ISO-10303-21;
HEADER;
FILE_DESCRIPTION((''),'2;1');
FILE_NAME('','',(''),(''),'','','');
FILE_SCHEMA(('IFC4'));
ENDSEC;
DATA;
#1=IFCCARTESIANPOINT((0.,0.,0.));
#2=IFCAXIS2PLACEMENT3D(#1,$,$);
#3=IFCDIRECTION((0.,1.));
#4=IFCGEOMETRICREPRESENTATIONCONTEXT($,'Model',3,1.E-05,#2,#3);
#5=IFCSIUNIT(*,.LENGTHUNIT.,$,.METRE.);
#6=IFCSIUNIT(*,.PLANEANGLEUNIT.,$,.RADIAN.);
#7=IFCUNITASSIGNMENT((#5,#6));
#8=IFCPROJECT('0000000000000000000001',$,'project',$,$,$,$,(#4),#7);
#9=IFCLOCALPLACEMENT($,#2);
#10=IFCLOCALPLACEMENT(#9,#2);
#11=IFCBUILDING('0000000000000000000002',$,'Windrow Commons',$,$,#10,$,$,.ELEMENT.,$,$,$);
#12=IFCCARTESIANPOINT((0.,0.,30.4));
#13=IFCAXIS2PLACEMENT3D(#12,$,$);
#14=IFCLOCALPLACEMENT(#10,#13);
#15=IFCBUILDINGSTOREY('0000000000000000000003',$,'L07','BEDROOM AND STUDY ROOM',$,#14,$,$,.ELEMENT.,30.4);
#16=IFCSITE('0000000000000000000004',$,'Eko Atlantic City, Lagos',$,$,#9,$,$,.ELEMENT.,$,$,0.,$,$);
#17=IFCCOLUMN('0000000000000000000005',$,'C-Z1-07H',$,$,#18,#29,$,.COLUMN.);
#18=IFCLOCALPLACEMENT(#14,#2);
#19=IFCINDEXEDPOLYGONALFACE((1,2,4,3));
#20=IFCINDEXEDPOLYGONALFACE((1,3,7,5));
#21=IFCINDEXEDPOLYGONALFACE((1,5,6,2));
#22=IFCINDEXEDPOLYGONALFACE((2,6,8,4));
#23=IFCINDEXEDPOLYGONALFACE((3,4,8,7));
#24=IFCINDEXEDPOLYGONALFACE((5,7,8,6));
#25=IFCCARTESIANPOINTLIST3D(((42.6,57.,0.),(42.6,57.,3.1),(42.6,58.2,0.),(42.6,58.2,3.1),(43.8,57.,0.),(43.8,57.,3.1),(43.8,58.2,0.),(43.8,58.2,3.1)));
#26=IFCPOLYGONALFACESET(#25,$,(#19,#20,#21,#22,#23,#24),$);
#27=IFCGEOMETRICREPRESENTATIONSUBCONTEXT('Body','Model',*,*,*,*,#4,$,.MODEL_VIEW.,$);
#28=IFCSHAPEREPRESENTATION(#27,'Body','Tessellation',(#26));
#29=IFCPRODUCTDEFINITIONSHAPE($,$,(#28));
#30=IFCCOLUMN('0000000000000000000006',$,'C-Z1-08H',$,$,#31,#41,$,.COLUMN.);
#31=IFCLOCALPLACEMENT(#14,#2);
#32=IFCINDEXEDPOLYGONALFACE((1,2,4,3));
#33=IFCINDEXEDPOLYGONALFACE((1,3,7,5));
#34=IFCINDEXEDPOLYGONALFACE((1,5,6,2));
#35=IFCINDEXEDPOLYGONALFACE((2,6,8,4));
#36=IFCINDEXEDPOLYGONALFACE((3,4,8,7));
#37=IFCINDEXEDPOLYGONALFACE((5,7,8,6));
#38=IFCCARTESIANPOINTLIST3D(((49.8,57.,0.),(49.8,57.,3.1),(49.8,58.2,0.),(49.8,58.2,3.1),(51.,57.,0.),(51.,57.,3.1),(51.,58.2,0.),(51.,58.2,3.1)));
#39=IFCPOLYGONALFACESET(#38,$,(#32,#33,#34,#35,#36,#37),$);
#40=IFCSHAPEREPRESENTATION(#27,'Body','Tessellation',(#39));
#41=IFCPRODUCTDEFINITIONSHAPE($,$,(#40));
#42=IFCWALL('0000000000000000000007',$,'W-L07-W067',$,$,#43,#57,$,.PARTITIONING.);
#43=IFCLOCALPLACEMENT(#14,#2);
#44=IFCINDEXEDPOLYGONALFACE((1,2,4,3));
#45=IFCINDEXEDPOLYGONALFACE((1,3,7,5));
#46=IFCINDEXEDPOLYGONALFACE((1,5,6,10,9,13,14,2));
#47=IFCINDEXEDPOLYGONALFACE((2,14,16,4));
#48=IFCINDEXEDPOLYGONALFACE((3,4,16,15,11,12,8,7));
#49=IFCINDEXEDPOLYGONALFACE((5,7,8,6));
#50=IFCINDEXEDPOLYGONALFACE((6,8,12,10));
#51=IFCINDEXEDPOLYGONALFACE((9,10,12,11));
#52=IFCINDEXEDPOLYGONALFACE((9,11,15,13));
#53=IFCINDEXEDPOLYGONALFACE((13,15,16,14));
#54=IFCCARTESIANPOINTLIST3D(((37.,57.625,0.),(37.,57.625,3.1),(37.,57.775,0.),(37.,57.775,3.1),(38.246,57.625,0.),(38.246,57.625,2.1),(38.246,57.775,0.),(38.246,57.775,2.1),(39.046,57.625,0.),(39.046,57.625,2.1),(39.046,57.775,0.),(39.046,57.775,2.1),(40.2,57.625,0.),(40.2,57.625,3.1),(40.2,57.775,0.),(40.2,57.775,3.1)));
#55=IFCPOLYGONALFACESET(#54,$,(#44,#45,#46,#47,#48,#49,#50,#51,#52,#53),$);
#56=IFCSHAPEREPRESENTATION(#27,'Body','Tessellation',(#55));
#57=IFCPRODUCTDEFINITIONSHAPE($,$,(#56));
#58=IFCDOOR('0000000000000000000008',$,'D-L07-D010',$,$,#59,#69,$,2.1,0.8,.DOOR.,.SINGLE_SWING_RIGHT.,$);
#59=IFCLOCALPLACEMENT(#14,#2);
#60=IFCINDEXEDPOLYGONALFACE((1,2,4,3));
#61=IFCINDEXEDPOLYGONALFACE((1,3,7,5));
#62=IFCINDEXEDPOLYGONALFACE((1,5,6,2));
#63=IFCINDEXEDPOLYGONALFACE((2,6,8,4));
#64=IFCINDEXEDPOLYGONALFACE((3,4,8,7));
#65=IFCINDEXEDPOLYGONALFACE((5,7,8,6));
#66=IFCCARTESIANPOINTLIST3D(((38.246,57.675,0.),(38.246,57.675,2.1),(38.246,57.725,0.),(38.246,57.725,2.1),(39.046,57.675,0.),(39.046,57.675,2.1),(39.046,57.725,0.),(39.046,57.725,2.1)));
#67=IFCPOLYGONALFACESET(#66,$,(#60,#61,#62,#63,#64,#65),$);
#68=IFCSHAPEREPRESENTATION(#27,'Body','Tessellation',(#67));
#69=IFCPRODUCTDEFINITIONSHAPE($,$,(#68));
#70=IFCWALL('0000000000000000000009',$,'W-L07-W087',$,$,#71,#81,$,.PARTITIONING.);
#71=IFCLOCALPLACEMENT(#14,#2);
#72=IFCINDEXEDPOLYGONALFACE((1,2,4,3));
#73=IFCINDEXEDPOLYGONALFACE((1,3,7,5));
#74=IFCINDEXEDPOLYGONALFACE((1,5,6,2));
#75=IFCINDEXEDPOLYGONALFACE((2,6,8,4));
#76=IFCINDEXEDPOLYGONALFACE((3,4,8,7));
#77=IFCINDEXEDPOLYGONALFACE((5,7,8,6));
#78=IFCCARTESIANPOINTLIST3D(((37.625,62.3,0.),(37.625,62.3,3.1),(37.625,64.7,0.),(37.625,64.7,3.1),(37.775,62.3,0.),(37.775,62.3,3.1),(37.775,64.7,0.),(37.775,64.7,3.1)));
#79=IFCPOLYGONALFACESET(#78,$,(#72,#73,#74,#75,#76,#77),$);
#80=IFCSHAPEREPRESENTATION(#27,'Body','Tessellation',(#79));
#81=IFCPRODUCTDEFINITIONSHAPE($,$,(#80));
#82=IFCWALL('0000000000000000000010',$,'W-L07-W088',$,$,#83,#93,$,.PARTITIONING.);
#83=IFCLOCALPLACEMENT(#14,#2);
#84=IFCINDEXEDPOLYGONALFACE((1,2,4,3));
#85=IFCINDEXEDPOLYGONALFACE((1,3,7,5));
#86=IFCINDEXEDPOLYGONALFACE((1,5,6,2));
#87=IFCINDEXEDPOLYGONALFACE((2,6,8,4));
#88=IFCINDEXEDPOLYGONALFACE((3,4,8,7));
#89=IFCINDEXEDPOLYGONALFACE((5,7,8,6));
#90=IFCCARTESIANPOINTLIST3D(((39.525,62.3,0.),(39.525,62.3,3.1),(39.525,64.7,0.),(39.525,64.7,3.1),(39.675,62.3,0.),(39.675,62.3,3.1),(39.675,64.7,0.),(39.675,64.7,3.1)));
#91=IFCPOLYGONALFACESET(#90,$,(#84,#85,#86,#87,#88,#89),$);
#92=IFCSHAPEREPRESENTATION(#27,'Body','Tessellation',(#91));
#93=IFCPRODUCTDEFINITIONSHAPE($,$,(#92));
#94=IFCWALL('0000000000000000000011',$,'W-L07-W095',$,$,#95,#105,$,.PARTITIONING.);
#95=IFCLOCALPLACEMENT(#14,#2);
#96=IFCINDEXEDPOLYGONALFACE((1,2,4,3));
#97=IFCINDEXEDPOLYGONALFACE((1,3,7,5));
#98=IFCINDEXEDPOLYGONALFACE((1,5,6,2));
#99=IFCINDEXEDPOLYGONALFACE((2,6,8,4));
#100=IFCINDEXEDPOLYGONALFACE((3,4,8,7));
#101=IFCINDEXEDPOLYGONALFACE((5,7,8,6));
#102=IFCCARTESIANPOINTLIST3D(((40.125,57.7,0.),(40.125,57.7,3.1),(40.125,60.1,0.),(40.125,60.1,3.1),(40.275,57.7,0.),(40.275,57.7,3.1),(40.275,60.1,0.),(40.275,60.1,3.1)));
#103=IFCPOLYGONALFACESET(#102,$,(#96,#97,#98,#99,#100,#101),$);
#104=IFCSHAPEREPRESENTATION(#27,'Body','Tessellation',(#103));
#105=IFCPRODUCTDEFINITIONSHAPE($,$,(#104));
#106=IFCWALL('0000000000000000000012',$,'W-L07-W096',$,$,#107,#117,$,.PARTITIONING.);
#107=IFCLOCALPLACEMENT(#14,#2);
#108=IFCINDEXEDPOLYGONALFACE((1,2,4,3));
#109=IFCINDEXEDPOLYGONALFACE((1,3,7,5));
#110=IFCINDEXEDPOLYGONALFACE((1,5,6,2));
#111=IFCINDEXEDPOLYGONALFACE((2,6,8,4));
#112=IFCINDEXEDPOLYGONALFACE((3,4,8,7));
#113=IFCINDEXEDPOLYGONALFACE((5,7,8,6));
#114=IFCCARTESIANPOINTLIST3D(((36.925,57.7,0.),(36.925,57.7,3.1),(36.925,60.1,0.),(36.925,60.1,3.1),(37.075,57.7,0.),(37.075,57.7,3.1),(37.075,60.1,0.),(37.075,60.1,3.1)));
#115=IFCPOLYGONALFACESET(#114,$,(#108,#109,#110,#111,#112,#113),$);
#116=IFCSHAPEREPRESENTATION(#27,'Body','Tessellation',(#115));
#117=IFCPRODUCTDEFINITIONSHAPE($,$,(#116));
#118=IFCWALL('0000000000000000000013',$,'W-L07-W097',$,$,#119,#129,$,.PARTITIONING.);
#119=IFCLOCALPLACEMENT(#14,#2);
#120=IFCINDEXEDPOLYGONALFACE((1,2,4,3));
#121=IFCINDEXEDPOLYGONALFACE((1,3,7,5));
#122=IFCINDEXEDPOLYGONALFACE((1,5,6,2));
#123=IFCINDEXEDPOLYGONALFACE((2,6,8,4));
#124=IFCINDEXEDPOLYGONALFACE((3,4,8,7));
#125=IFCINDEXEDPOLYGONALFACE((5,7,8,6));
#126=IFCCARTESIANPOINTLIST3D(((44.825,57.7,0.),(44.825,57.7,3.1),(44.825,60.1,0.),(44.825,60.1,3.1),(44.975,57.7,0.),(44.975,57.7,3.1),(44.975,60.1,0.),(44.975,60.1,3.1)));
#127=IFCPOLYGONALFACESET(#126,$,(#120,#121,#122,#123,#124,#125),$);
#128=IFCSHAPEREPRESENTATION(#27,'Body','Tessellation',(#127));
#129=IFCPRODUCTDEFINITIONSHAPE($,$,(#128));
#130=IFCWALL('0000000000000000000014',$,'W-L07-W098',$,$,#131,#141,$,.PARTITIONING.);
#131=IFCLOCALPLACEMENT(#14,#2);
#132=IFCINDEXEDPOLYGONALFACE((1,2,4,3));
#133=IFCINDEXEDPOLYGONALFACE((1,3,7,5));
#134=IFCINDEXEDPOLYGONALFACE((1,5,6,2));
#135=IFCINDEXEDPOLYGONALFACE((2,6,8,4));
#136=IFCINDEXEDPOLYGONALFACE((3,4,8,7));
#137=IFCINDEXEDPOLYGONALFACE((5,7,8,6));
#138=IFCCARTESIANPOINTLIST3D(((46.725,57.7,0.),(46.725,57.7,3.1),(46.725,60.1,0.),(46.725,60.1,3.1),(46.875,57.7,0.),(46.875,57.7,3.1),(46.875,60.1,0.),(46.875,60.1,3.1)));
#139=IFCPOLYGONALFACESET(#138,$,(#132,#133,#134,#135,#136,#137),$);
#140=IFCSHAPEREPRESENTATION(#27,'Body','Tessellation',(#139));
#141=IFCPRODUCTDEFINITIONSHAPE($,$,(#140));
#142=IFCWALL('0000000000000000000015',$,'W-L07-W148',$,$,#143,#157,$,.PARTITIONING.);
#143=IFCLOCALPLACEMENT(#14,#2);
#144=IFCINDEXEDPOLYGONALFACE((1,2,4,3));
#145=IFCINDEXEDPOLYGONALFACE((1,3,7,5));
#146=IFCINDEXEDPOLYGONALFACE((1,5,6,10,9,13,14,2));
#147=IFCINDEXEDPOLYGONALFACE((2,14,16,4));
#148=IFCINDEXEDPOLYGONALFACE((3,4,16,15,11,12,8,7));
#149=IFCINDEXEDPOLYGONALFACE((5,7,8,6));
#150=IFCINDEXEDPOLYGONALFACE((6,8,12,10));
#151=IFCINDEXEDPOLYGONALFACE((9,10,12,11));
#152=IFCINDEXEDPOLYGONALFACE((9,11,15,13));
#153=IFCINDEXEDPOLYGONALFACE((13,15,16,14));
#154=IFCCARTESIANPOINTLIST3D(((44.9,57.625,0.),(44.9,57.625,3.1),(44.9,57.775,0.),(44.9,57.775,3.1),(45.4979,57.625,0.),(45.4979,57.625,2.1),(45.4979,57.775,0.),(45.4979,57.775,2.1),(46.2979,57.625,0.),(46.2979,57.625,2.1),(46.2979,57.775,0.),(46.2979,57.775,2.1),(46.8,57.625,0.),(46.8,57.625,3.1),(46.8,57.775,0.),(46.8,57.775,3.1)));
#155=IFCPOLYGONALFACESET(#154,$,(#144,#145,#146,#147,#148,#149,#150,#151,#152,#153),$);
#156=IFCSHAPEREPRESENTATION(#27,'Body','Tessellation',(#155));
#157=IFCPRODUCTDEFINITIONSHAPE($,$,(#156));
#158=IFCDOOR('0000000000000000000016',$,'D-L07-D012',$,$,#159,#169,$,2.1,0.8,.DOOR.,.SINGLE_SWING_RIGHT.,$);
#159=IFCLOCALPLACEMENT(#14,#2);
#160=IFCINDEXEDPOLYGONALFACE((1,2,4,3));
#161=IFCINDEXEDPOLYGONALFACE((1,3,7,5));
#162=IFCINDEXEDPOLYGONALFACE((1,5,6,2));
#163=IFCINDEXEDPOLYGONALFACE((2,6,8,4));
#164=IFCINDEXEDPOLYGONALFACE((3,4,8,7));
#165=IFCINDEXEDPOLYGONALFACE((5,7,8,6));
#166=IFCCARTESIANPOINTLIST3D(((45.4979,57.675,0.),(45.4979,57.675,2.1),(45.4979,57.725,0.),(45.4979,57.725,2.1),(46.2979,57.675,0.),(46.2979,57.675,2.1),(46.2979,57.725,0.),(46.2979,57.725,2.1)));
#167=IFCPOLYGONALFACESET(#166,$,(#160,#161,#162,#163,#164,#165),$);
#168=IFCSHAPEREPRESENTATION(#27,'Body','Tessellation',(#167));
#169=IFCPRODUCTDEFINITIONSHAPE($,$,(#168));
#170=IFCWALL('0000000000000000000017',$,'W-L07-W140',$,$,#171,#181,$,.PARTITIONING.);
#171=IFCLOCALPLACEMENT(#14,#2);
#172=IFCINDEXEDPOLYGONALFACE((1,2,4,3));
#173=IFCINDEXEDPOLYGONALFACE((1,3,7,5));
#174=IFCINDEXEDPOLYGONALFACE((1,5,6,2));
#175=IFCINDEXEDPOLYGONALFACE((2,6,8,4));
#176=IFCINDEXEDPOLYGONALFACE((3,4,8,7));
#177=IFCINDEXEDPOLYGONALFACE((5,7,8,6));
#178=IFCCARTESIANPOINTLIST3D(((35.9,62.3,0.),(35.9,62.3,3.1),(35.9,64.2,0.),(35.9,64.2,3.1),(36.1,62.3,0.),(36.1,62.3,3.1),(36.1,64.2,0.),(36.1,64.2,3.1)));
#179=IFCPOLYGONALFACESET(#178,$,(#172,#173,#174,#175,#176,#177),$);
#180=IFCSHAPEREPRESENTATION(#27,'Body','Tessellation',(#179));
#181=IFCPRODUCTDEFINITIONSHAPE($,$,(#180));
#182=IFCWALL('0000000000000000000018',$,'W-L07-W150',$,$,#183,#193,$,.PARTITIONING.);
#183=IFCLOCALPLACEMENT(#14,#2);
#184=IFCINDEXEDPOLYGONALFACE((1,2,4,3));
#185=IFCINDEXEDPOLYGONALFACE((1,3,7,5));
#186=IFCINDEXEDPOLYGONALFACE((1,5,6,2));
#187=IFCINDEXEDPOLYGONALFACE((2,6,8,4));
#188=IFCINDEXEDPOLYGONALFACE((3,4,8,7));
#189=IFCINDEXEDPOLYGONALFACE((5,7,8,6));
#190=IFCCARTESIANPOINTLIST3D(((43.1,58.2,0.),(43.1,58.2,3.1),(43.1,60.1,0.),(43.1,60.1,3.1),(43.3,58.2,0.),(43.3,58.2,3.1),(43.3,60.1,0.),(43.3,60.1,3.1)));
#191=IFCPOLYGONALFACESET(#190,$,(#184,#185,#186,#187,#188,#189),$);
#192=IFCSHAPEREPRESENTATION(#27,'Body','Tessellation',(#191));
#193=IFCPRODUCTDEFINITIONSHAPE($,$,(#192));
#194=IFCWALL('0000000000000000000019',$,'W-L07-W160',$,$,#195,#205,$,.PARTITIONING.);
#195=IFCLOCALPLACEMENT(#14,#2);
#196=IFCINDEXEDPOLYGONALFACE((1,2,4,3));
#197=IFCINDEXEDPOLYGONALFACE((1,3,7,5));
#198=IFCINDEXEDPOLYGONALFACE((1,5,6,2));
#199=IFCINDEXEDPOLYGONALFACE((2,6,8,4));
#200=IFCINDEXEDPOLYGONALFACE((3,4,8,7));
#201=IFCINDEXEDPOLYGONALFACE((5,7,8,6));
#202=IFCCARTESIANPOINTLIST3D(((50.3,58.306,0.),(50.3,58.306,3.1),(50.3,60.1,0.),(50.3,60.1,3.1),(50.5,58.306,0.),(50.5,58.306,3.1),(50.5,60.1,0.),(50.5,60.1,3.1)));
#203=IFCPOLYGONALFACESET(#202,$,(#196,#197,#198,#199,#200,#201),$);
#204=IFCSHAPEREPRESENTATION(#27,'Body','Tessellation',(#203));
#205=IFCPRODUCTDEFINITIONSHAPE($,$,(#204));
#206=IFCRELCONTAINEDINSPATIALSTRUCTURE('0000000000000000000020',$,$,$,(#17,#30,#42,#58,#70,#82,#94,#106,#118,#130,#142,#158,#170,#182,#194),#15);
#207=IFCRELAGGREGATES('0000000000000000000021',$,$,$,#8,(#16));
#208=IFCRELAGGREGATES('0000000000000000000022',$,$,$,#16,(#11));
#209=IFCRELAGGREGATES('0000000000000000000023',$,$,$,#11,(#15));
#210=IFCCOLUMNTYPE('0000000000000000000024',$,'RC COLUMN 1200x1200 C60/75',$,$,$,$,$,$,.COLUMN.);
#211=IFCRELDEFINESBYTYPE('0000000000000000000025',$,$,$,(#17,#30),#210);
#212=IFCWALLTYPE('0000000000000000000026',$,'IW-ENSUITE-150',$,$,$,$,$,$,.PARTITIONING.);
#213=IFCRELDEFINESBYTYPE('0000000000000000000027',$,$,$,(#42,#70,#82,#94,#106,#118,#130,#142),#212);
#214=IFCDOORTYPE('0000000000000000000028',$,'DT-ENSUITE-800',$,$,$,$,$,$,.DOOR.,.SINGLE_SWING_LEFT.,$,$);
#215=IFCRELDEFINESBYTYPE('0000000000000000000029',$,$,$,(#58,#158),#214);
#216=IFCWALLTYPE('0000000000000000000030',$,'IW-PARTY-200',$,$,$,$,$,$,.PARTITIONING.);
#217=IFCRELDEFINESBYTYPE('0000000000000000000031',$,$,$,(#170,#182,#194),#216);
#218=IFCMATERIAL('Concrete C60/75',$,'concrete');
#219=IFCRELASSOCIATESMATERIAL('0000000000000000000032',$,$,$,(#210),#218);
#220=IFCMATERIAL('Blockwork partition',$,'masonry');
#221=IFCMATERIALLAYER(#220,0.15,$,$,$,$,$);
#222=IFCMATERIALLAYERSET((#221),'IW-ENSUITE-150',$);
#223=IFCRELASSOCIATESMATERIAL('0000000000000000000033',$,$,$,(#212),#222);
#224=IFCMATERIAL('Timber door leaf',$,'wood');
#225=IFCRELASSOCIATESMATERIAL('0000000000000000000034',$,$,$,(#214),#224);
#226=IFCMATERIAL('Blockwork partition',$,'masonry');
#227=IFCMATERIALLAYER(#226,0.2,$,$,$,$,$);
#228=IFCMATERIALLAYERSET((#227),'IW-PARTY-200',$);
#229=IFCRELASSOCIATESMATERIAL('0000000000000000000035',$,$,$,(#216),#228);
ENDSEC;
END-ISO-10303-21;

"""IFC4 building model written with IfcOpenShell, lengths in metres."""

from ifc_helpers import new_model, si_unit, direction, frame, frame_2d, origin, origin_2d, place, context, subcontext, project, spatial, rectangle, extrude, material, layer, layer_set, material_profile, profile_set, type_object, element, fill, save


model = new_model("IFC4")

# Units and contexts
model_context = context("Model", 3, precision=1e-05, world=origin(), true_north=direction((0.0, 1.0)))
body_context = subcontext(model_context, "Body", "Model", "MODEL_VIEW")
ifc_project = project(units=[si_unit("LENGTHUNIT", "METRE"), si_unit("PLANEANGLEUNIT", "RADIAN")], contexts=[model_context])

# Site, building, storey
site_placement = place(None, origin())
site = spatial("IfcSite", under=ifc_project, at=site_placement, Name="Eko Atlantic City, Lagos", CompositionType="ELEMENT", RefElevation=0.0)
building_placement = place(site_placement, origin())
building = spatial("IfcBuilding", under=site, at=building_placement, Name="Windrow Commons", CompositionType="ELEMENT")
storey_placement = place(building_placement, frame((0.0, 0.0, 30.4)))
storey = spatial("IfcBuildingStorey", under=building, at=storey_placement, Name="L07", Description="BEDROOM AND STUDY ROOM", CompositionType="ELEMENT", Elevation=30.4)

# Columns
ifc_material_1 = material(Name="Concrete C60/75", Category="concrete")
ifc_material_profile = material_profile(ifc_material_1, rectangle(XDim=1.2, YDim=1.2, at=origin_2d()))
ifc_profile_set = profile_set([ifc_material_profile], Name="Concrete C60/75")
column_type = type_object("IfcColumnType", Name="RC COLUMN 1200x1200 C60/75", PredefinedType="COLUMN", material=ifc_profile_set)
for number, where, z_axis, x_axis, name in (
    (1, (43.2, 57.6, 0.0), (0.0, 0.0, 1.0), (1.0, 0.0, 0.0), "C-Z1-07H"),
    (2, (50.4, 57.6, 0.0), (0.0, 0.0, 1.0), (1.0, 0.0, 0.0), "C-Z1-08H"),
):
    element("IfcColumn", number, at=place(storey_placement, frame(where, z_axis=z_axis, x_axis=x_axis)), inside=storey, type_object=column_type, Name=name, PredefinedType="COLUMN", context=body_context, shape_type="SweptSolid", body=[
        extrude(rectangle(XDim=1.2, YDim=1.2, at=origin_2d()), origin(), (0.0, 0.0, 1.0), 3.1),
    ])

# Wall, opening, door
ifc_material_2 = material(Name="Blockwork partition", Category="masonry")
ifc_layer_1 = layer(ifc_material_2, 0.15)
ifc_layer_set_1 = layer_set([ifc_layer_1], Name="IW-ENSUITE-150")
wall_type_1 = type_object("IfcWallType", Name="IW-ENSUITE-150", PredefinedType="PARTITIONING", material=ifc_layer_set_1)
wall_1_placement = place(storey_placement, frame((37.0, 57.7, 0.0), z_axis=(0.0, 0.0, 1.0), x_axis=(1.0, 0.0, 0.0)))
wall_1 = element("IfcWall", 3, at=wall_1_placement, inside=storey, type_object=wall_type_1, Name="W-L07-W067", PredefinedType="PARTITIONING", context=body_context, shape_type="SweptSolid", body=[
    extrude(rectangle(XDim=3.2, YDim=0.15, at=frame_2d((1.6, 0.0))), origin(), (0.0, 0.0, 1.0), 3.1),
])
opening_1_placement = place(wall_1_placement, frame((1.246, 0.0, 0.0)))
opening_1 = element("IfcOpeningElement", 4, at=opening_1_placement, cuts=wall_1, PredefinedType="OPENING", context=body_context, shape_type="SweptSolid", body=[
    extrude(rectangle(XDim=0.8, YDim=2.1, at=frame_2d((0.4, 1.05))), frame((0.0, 0.085, 0.0), z_axis=(0.0, -1.0, 0.0), x_axis=(1.0, 0.0, 0.0)), (0.0, 0.0, 1.0), 0.17),
])
ifc_material_3 = material(Name="Timber door leaf", Category="wood")
door_type = type_object("IfcDoorType", Name="DT-ENSUITE-800", OperationType="SINGLE_SWING_LEFT", PredefinedType="DOOR", material=ifc_material_3)
door_1_placement = place(opening_1_placement, origin())
door_1 = element("IfcDoor", 5, at=door_1_placement, inside=storey, type_object=door_type, Name="D-L07-D010", OperationType="SINGLE_SWING_RIGHT", OverallHeight=2.1, OverallWidth=0.8, PredefinedType="DOOR", context=body_context, shape_type="SweptSolid", body=[
    extrude(rectangle(XDim=0.8, YDim=2.1, at=frame_2d((0.4, 1.05))), frame((0.0, 0.025, 0.0), z_axis=(0.0, -1.0, 0.0), x_axis=(1.0, 0.0, 0.0)), (0.0, 0.0, 1.0), 0.05),
])
fill(opening_1, door_1)

# Walls
for number, where, z_axis, x_axis, name in (
    (6, (37.7, 62.3, 0.0), (0.0, 0.0, 1.0), (0.0, 1.0, 0.0), "W-L07-W087"),
    (7, (39.6, 62.3, 0.0), (0.0, 0.0, 1.0), (0.0, 1.0, 0.0), "W-L07-W088"),
    (8, (40.2, 57.7, 0.0), (0.0, 0.0, 1.0), (0.0, 1.0, 0.0), "W-L07-W095"),
    (9, (37.0, 57.7, 0.0), (0.0, 0.0, 1.0), (0.0, 1.0, 0.0), "W-L07-W096"),
    (10, (44.9, 57.7, 0.0), (0.0, 0.0, 1.0), (0.0, 1.0, 0.0), "W-L07-W097"),
    (11, (46.8, 57.7, 0.0), (0.0, 0.0, 1.0), (0.0, 1.0, 0.0), "W-L07-W098"),
):
    element("IfcWall", number, at=place(storey_placement, frame(where, z_axis=z_axis, x_axis=x_axis)), inside=storey, type_object=wall_type_1, Name=name, PredefinedType="PARTITIONING", context=body_context, shape_type="SweptSolid", body=[
        extrude(rectangle(XDim=2.4, YDim=0.15, at=frame_2d((1.2, 0.0))), origin(), (0.0, 0.0, 1.0), 3.1),
    ])

# Wall, opening, door
wall_2_placement = place(storey_placement, frame((44.9, 57.7, 0.0), z_axis=(0.0, 0.0, 1.0), x_axis=(1.0, 0.0, 0.0)))
wall_2 = element("IfcWall", 12, at=wall_2_placement, inside=storey, type_object=wall_type_1, Name="W-L07-W148", PredefinedType="PARTITIONING", context=body_context, shape_type="SweptSolid", body=[
    extrude(rectangle(XDim=1.9, YDim=0.15, at=frame_2d((0.95, 0.0))), origin(), (0.0, 0.0, 1.0), 3.1),
])
opening_2_placement = place(wall_2_placement, frame((0.5979, 0.0, 0.0)))
opening_2 = element("IfcOpeningElement", 13, at=opening_2_placement, cuts=wall_2, PredefinedType="OPENING", context=body_context, shape_type="SweptSolid", body=[
    extrude(rectangle(XDim=0.8, YDim=2.1, at=frame_2d((0.4, 1.05))), frame((0.0, 0.085, 0.0), z_axis=(0.0, -1.0, 0.0), x_axis=(1.0, 0.0, 0.0)), (0.0, 0.0, 1.0), 0.17),
])
door_2_placement = place(opening_2_placement, origin())
door_2 = element("IfcDoor", 14, at=door_2_placement, inside=storey, type_object=door_type, Name="D-L07-D012", OperationType="SINGLE_SWING_RIGHT", OverallHeight=2.1, OverallWidth=0.8, PredefinedType="DOOR", context=body_context, shape_type="SweptSolid", body=[
    extrude(rectangle(XDim=0.8, YDim=2.1, at=frame_2d((0.4, 1.05))), frame((0.0, 0.025, 0.0), z_axis=(0.0, -1.0, 0.0), x_axis=(1.0, 0.0, 0.0)), (0.0, 0.0, 1.0), 0.05),
])
fill(opening_2, door_2)

# Walls
ifc_material_4 = material(Name="Blockwork partition", Category="masonry")
ifc_layer_2 = layer(ifc_material_4, 0.2)
ifc_layer_set_2 = layer_set([ifc_layer_2], Name="IW-PARTY-200")
wall_type_2 = type_object("IfcWallType", Name="IW-PARTY-200", PredefinedType="PARTITIONING", material=ifc_layer_set_2)
for number, where, z_axis, x_axis, name in (
    (15, (36.0, 62.3, 0.0), (0.0, 0.0, 1.0), (0.0, 1.0, 0.0), "W-L07-W140"),
    (16, (43.2, 58.2, 0.0), (0.0, 0.0, 1.0), (0.0, 1.0, 0.0), "W-L07-W150"),
):
    element("IfcWall", number, at=place(storey_placement, frame(where, z_axis=z_axis, x_axis=x_axis)), inside=storey, type_object=wall_type_2, Name=name, PredefinedType="PARTITIONING", context=body_context, shape_type="SweptSolid", body=[
        extrude(rectangle(XDim=1.9, YDim=0.2, at=frame_2d((0.95, 0.0))), origin(), (0.0, 0.0, 1.0), 3.1),
    ])
wall_3_placement = place(storey_placement, frame((50.4, 58.306, 0.0), z_axis=(0.0, 0.0, 1.0), x_axis=(0.0, 1.0, 0.0)))
element("IfcWall", 17, at=wall_3_placement, inside=storey, type_object=wall_type_2, Name="W-L07-W160", PredefinedType="PARTITIONING", context=body_context, shape_type="SweptSolid", body=[
    extrude(rectangle(XDim=1.794, YDim=0.2, at=frame_2d((0.897, 0.0))), origin(), (0.0, 0.0, 1.0), 3.1),
])

save(model, "model.ifc")
